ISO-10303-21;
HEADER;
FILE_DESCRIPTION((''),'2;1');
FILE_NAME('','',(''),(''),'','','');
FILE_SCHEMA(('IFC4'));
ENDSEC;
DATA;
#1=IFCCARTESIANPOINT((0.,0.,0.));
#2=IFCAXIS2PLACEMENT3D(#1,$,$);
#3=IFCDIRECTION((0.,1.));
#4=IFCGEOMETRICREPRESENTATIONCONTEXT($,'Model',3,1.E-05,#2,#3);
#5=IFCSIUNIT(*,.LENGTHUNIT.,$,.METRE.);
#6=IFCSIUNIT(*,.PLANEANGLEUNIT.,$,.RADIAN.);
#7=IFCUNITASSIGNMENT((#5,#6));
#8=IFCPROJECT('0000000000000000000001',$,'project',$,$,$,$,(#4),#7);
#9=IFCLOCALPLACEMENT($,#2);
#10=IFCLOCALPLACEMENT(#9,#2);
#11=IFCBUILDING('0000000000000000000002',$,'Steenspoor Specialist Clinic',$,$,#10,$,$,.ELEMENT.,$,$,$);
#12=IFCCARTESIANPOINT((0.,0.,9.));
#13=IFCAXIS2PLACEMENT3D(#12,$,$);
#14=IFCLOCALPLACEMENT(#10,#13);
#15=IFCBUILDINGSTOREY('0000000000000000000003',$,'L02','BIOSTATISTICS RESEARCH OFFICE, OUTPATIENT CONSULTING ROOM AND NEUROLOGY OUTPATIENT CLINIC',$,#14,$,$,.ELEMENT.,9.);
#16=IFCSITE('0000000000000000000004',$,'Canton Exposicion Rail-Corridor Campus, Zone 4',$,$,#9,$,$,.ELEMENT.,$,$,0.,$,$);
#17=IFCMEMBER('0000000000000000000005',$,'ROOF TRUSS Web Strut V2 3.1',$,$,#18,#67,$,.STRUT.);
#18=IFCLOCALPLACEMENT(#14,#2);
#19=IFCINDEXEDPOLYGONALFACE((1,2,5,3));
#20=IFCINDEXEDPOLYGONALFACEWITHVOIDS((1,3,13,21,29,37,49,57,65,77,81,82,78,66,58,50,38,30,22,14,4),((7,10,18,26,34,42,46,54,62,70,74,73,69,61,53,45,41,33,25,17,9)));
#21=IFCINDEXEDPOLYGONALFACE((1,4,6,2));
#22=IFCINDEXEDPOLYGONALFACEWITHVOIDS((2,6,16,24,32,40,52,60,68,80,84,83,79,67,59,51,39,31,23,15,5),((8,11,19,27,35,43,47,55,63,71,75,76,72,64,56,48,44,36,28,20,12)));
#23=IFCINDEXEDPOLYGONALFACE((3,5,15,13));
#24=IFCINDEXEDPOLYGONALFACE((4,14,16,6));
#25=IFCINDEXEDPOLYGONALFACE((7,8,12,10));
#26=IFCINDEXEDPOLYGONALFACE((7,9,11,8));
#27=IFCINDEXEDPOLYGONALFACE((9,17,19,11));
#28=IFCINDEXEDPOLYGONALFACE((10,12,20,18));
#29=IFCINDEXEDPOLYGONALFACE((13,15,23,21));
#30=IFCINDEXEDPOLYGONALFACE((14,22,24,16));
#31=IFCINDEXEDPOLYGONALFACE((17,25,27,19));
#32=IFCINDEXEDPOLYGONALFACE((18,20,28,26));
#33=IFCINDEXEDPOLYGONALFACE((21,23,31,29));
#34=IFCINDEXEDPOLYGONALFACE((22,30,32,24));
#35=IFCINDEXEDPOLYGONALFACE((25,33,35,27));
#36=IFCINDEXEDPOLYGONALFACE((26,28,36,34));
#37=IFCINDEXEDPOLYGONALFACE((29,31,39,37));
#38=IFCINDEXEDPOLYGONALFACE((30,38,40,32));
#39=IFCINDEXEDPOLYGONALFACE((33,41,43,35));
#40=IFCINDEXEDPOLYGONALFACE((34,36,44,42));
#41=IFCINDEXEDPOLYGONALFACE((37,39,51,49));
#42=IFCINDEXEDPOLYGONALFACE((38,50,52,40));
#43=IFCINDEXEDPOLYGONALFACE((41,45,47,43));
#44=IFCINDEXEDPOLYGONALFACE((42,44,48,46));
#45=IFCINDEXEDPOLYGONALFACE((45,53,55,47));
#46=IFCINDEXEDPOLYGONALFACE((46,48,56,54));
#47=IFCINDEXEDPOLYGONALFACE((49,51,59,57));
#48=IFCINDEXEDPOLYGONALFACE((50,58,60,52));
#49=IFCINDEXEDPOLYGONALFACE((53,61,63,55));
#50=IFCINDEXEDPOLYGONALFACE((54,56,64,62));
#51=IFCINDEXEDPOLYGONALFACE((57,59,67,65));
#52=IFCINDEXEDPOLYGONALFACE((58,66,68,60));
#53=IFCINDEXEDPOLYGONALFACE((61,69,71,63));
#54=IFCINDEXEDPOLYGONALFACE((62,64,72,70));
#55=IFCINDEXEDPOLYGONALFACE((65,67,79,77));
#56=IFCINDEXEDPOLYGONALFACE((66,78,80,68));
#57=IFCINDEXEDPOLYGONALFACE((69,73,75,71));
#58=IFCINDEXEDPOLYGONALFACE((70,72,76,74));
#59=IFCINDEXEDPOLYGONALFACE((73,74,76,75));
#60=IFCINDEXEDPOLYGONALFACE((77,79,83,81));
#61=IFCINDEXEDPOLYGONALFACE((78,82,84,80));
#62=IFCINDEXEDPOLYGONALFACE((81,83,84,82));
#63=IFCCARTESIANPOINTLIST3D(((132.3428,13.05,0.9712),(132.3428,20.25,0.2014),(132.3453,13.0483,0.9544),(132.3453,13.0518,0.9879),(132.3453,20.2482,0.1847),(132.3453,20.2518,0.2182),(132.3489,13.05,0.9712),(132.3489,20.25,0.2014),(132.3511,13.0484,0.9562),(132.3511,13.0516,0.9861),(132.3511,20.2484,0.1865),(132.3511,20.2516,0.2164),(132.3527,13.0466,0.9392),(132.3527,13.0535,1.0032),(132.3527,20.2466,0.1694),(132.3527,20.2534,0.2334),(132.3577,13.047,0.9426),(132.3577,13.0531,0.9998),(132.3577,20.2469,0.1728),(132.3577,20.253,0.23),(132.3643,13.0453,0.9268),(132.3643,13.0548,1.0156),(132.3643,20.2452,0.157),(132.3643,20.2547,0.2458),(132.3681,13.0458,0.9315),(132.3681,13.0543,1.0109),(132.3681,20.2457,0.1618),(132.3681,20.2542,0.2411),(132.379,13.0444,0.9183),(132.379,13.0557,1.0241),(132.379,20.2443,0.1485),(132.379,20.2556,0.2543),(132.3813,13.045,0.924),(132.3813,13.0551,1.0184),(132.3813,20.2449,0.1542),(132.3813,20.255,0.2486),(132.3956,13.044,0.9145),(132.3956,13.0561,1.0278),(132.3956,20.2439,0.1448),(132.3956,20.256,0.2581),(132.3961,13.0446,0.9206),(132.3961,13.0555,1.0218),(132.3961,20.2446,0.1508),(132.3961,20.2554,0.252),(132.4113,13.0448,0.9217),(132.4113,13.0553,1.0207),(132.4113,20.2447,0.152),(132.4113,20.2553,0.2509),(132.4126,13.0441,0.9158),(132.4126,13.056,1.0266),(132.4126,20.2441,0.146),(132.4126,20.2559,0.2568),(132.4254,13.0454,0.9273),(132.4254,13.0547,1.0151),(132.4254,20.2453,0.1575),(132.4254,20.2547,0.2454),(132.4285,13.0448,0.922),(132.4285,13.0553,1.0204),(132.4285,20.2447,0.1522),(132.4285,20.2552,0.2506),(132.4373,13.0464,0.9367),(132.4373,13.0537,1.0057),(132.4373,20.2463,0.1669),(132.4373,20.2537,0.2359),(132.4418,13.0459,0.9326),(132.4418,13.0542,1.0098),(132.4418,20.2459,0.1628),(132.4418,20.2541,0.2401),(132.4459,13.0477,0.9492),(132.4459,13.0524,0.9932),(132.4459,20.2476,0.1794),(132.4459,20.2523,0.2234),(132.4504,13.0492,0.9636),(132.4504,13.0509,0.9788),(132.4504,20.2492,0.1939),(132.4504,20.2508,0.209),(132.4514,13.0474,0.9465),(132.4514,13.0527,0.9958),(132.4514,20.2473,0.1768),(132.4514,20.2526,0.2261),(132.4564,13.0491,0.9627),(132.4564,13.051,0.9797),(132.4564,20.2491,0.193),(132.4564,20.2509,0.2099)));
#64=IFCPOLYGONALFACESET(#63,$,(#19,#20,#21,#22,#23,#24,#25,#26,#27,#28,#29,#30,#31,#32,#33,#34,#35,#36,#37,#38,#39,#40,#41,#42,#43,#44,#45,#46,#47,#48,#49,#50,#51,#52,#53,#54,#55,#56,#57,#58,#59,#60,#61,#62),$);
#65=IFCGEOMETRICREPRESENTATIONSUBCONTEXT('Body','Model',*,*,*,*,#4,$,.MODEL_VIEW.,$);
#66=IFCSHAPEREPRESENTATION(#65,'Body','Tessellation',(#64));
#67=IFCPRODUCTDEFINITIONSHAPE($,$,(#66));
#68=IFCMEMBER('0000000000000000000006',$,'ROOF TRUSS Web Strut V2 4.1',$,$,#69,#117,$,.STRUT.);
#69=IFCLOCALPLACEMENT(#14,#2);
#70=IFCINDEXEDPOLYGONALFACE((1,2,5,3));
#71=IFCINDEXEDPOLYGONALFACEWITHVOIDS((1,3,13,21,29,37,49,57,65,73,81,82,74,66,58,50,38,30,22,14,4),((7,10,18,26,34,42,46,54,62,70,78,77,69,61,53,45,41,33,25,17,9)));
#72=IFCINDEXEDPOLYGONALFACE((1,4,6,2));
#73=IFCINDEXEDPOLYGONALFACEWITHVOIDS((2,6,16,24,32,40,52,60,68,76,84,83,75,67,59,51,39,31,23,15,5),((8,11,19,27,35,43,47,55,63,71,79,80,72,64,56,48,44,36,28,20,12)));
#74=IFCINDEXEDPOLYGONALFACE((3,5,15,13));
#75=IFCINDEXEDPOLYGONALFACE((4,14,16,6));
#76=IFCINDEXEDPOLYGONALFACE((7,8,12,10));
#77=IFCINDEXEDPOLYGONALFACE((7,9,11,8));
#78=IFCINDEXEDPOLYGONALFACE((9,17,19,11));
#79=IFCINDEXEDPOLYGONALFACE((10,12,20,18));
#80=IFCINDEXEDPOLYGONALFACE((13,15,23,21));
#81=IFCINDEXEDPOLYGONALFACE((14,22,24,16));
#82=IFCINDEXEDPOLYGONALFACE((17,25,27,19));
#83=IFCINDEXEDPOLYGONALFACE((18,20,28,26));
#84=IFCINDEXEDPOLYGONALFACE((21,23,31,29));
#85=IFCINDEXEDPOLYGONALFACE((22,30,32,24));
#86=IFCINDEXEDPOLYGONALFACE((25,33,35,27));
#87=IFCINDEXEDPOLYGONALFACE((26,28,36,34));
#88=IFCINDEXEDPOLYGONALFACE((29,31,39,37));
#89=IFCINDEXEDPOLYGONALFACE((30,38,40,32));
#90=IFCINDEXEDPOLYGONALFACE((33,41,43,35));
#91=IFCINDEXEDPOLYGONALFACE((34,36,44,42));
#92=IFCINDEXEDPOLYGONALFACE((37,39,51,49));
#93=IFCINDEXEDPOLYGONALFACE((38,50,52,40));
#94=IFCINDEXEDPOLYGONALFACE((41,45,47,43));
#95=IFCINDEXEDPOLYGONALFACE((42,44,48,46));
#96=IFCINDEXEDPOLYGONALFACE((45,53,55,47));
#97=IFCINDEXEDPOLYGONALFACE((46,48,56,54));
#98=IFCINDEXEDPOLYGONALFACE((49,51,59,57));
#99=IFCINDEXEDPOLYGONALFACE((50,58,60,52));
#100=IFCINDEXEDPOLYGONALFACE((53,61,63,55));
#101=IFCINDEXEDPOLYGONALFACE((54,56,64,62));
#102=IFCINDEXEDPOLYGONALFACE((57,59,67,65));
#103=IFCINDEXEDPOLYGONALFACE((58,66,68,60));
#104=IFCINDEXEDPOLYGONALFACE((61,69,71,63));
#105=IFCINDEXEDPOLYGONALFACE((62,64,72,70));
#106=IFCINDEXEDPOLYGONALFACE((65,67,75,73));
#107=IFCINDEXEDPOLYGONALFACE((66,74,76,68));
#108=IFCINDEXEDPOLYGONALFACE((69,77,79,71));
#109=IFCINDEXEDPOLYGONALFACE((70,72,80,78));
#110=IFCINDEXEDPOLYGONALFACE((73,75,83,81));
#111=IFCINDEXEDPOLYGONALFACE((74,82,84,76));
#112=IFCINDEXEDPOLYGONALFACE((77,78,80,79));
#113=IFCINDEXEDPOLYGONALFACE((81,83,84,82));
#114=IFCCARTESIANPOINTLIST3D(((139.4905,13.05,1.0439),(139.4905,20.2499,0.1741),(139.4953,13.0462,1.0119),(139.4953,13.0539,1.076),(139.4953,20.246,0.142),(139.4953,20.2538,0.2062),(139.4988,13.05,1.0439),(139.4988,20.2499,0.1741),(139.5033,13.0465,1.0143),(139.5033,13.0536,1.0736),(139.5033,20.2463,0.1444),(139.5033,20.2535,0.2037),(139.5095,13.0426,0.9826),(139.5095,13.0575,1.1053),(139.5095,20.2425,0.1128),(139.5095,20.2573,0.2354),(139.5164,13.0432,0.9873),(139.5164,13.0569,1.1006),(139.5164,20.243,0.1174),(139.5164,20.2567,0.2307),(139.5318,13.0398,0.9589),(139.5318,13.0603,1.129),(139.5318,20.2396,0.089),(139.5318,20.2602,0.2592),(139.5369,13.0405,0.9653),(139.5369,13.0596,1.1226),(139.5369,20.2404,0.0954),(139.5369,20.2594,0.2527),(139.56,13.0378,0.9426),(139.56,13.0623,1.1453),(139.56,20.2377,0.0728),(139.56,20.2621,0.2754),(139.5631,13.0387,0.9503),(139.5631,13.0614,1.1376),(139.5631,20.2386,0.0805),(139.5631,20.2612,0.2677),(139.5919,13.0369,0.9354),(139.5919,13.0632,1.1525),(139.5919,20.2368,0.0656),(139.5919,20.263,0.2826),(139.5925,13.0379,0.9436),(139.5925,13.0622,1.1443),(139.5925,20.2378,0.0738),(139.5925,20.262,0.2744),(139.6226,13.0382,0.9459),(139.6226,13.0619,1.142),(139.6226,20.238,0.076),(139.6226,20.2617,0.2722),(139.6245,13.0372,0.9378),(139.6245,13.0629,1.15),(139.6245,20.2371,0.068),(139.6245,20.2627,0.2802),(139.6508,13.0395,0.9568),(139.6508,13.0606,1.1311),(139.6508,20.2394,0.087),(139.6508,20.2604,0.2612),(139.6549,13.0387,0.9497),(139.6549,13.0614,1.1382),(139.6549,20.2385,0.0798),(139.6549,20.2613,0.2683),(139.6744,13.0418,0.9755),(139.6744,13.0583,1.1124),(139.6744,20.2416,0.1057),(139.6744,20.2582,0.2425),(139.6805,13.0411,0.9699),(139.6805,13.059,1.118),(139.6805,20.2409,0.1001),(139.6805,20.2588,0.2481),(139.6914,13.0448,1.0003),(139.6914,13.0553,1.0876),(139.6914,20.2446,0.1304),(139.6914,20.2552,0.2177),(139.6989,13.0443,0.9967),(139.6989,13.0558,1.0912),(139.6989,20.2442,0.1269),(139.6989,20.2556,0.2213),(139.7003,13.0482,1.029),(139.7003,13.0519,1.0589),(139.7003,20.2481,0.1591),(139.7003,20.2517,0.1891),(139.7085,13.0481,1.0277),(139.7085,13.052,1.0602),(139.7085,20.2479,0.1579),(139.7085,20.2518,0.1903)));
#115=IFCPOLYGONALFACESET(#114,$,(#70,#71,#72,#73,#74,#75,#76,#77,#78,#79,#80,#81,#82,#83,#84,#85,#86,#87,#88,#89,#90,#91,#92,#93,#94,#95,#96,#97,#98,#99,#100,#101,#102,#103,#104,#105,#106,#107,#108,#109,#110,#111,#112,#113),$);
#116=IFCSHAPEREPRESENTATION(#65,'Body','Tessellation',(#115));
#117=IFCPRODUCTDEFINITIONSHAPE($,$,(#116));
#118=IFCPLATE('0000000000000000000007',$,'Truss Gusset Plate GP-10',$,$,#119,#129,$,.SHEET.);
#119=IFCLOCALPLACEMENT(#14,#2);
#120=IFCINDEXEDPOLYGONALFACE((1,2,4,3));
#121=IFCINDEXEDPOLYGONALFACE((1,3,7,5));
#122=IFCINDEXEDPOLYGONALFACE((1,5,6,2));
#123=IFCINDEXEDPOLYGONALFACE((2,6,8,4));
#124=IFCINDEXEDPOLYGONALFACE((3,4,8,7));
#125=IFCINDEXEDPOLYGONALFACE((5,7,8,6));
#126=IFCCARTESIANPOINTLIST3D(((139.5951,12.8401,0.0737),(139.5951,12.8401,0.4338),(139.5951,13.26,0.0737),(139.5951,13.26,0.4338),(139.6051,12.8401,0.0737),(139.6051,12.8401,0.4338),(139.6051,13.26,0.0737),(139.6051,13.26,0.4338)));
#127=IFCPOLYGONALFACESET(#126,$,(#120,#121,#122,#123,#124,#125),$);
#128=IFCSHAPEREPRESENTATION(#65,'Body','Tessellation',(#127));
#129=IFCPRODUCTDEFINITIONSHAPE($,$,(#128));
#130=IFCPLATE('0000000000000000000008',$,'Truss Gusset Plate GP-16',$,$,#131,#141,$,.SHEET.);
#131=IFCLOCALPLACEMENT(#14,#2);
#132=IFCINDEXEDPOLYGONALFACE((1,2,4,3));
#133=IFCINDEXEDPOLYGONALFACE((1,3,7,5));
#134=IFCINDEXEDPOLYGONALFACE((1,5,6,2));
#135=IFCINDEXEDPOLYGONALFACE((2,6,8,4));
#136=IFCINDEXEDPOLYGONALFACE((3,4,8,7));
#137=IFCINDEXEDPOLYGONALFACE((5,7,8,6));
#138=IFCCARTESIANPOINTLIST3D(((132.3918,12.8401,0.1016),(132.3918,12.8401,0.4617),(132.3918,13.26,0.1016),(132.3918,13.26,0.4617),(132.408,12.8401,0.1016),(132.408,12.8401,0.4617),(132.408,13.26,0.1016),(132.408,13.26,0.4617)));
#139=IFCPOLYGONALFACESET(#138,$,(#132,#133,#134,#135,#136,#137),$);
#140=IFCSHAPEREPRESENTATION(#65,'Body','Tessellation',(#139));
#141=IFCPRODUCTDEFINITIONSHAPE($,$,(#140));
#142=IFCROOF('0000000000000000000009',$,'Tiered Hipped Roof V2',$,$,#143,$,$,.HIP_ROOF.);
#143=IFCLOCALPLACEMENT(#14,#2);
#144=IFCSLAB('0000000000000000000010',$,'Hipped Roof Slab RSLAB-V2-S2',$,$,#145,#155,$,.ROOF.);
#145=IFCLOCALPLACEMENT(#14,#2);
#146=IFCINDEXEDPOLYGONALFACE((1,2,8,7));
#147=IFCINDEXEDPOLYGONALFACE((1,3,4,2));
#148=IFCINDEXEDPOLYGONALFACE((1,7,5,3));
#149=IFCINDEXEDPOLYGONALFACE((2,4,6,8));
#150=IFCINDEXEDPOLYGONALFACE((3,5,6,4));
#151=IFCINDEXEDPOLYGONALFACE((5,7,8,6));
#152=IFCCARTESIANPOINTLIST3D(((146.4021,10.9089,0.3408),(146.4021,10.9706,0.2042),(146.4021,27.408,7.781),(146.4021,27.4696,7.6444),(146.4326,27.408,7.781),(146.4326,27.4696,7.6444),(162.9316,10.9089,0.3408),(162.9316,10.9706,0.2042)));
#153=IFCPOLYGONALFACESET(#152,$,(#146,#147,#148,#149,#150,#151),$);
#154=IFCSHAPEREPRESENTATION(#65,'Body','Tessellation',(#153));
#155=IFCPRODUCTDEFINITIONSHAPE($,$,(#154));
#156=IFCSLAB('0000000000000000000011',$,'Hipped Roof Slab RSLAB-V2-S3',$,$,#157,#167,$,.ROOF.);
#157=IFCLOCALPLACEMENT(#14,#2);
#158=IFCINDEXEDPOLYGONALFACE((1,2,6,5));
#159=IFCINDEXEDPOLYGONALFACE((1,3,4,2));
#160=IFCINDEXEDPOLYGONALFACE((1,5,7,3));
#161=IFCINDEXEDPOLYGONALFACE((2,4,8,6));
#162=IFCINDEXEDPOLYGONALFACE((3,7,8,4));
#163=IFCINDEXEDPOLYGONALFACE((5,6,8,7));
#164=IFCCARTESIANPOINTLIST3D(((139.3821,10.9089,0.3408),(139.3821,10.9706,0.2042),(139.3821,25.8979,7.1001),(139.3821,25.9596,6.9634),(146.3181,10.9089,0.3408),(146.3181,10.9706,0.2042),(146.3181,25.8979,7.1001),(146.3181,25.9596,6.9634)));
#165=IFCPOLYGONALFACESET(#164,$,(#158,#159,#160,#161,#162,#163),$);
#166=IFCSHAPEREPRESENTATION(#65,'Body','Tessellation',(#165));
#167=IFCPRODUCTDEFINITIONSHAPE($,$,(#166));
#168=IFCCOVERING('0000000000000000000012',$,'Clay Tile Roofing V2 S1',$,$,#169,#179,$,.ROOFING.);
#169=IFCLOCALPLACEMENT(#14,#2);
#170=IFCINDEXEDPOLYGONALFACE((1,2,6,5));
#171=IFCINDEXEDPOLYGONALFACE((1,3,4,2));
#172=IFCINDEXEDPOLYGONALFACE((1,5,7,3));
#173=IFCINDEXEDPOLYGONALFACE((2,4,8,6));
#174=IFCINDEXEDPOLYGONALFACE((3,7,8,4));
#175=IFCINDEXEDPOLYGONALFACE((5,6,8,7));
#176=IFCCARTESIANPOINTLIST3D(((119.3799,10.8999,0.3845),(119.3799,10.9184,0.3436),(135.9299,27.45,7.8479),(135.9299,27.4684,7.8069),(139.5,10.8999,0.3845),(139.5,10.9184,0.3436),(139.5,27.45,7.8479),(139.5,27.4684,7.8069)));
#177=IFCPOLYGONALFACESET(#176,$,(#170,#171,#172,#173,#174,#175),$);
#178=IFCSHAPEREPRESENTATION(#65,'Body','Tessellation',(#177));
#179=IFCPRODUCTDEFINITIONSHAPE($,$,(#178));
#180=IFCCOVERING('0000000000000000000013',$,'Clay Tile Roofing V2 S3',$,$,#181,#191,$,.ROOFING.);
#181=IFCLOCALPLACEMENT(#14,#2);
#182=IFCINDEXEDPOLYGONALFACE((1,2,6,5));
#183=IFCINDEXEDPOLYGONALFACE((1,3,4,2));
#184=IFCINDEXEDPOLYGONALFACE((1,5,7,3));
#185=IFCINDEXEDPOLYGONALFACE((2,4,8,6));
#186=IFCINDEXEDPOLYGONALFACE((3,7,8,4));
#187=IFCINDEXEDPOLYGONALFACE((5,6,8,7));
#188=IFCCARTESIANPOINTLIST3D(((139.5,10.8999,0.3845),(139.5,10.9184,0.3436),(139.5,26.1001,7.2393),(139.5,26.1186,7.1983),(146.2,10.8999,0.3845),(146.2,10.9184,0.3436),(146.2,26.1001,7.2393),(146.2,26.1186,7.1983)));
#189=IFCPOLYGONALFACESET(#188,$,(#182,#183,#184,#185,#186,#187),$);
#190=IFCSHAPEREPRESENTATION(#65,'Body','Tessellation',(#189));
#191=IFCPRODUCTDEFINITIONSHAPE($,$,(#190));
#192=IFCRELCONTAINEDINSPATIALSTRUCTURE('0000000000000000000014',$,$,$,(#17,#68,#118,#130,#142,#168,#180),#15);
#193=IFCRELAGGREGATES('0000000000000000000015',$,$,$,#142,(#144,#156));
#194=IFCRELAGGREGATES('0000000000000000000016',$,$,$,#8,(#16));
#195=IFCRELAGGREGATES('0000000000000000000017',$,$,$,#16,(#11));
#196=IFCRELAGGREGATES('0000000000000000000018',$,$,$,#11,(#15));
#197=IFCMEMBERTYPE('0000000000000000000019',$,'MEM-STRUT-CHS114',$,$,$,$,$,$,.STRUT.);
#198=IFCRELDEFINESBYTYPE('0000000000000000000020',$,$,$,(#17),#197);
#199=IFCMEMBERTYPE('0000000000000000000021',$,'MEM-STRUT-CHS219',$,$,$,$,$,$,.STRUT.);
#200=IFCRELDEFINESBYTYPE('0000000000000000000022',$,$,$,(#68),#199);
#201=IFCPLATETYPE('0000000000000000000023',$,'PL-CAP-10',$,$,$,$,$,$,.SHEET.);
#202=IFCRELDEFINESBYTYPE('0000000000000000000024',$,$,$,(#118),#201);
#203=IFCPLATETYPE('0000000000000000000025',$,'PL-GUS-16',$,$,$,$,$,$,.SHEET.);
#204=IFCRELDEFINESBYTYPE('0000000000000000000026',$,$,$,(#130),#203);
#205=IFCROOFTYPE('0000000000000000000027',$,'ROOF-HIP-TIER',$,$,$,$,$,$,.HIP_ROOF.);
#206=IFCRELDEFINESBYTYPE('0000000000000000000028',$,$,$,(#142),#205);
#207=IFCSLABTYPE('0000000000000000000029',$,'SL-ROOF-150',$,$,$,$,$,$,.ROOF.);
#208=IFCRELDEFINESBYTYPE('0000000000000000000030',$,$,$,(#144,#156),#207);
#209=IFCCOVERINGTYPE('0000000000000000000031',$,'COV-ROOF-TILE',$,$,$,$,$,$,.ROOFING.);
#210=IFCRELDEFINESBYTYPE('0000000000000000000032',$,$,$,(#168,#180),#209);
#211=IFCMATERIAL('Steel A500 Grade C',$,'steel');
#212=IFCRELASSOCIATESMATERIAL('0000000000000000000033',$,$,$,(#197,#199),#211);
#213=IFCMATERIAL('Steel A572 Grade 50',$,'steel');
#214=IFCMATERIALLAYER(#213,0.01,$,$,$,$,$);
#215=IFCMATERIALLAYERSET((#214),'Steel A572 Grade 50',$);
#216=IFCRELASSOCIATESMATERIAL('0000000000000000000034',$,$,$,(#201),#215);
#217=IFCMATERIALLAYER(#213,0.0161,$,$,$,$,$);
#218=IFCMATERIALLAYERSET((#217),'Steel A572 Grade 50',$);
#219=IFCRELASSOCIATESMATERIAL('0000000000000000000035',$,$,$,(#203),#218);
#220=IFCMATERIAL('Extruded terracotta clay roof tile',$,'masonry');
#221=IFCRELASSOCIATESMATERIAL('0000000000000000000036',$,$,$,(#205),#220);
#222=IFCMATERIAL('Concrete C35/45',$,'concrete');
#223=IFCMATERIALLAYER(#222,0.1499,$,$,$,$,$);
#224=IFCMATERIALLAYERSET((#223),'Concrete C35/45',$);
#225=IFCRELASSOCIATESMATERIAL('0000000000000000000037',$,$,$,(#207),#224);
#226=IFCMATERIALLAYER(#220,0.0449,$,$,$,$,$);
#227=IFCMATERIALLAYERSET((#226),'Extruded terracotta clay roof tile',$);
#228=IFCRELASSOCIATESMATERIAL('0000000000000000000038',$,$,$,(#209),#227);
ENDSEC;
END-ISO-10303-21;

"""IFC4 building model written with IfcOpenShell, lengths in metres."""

from ifc_helpers import new_model, si_unit, direction, frame, origin, origin_2d, place, context, subcontext, project, spatial, polyline, rectangle, hollow_circle, outline, extrude, material, layer, layer_set, material_profile, profile_set, type_object, element, aggregate, save


model = new_model("IFC4")

# Units and contexts
model_context = context("Model", 3, precision=1e-05, world=origin(), true_north=direction((0.0, 1.0)))
body_context = subcontext(model_context, "Body", "Model", "MODEL_VIEW")
ifc_project = project(units=[si_unit("LENGTHUNIT", "METRE"), si_unit("PLANEANGLEUNIT", "RADIAN")], contexts=[model_context])

# Site, building, storey
site_placement = place(None, origin())
site = spatial("IfcSite", under=ifc_project, at=site_placement, Name="Canton Exposicion Rail-Corridor Campus, Zone 4", CompositionType="ELEMENT", RefElevation=0.0)
building_placement = place(site_placement, origin())
building = spatial("IfcBuilding", under=site, at=building_placement, Name="Steenspoor Specialist Clinic", CompositionType="ELEMENT")
storey_placement = place(building_placement, frame((0.0, 0.0, 9.0)))
storey = spatial("IfcBuildingStorey", under=building, at=storey_placement, Name="L02", Description="BIOSTATISTICS RESEARCH OFFICE, OUTPATIENT CONSULTING ROOM AND NEUROLOGY OUTPATIENT CLINIC", CompositionType="ELEMENT", Elevation=9.0)

# Members
ifc_material_1 = material(Name="Steel A500 Grade C", Category="steel")
ifc_material_profile_1 = material_profile(ifc_material_1, hollow_circle(Radius=0.0571, WallThickness=0.0061, at=origin_2d()), Name="CHS114X6.0")
ifc_profile_set_1 = profile_set([ifc_material_profile_1], Name="Steel A500 Grade C")
member_type_1 = type_object("IfcMemberType", Name="MEM-STRUT-CHS114", PredefinedType="STRUT", material=ifc_profile_set_1)
member_1_placement = place(storey_placement, frame((132.3999, 13.05, 0.9712), z_axis=(0.0, 0.994333, -0.106308), x_axis=(-1.0, 0.0, 0.0)))
element("IfcMember", 1, at=member_1_placement, inside=storey, type_object=member_type_1, Name="ROOF TRUSS Web Strut V2 3.1", PredefinedType="STRUT", context=body_context, shape_type="SweptSolid", body=[
    extrude(hollow_circle(Radius=0.0571, WallThickness=0.0061, at=origin_2d()), origin(), (0.0, 0.0, 1.0), 7.241),
])
ifc_material_profile_2 = material_profile(ifc_material_1, hollow_circle(Radius=0.1096, WallThickness=0.0083, at=origin_2d()), Name="CHS219X8.2")
ifc_profile_set_2 = profile_set([ifc_material_profile_2], Name="Steel A500 Grade C")
member_type_2 = type_object("IfcMemberType", Name="MEM-STRUT-CHS219", PredefinedType="STRUT", material=ifc_profile_set_2)
member_2_placement = place(storey_placement, frame((139.6001, 13.05, 1.0439), z_axis=(0.0, 0.992781, -0.119944), x_axis=(-1.0, 0.0, 0.0)))
element("IfcMember", 2, at=member_2_placement, inside=storey, type_object=member_type_2, Name="ROOF TRUSS Web Strut V2 4.1", PredefinedType="STRUT", context=body_context, shape_type="SweptSolid", body=[
    extrude(hollow_circle(Radius=0.1096, WallThickness=0.0083, at=origin_2d()), origin(), (0.0, 0.0, 1.0), 7.2522),
])

# Plates
ifc_material_2 = material(Name="Steel A572 Grade 50", Category="steel")
ifc_layer_1 = layer(ifc_material_2, 0.01)
ifc_layer_set_1 = layer_set([ifc_layer_1], Name="Steel A572 Grade 50")
plate_type_1 = type_object("IfcPlateType", Name="PL-CAP-10", PredefinedType="SHEET", material=ifc_layer_set_1)
plate_1_placement = place(storey_placement, frame((139.6001, 13.05, 0.0737), z_axis=(0.0, 0.0, 1.0), x_axis=(1.0, 0.0, 0.0)))
element("IfcPlate", 3, at=plate_1_placement, inside=storey, type_object=plate_type_1, Name="Truss Gusset Plate GP-10", PredefinedType="SHEET", context=body_context, shape_type="SweptSolid", body=[
    extrude(rectangle(XDim=0.01, YDim=0.4199, at=origin_2d()), origin(), (0.0, 0.0, 1.0), 0.3601),
])
ifc_layer_2 = layer(ifc_material_2, 0.0161)
ifc_layer_set_2 = layer_set([ifc_layer_2], Name="Steel A572 Grade 50")
plate_type_2 = type_object("IfcPlateType", Name="PL-GUS-16", PredefinedType="SHEET", material=ifc_layer_set_2)
plate_2_placement = place(storey_placement, frame((132.3999, 13.05, 0.1016), z_axis=(0.0, 0.0, 1.0), x_axis=(1.0, 0.0, 0.0)))
element("IfcPlate", 4, at=plate_2_placement, inside=storey, type_object=plate_type_2, Name="Truss Gusset Plate GP-16", PredefinedType="SHEET", context=body_context, shape_type="SweptSolid", body=[
    extrude(rectangle(XDim=0.0161, YDim=0.4199, at=origin_2d()), origin(), (0.0, 0.0, 1.0), 0.3601),
])

# Roof, slabs
ifc_material_3 = material(Name="Extruded terracotta clay roof tile", Category="masonry")
roof_type = type_object("IfcRoofType", Name="ROOF-HIP-TIER", PredefinedType="HIP_ROOF", material=ifc_material_3)
roof_placement = place(storey_placement, origin())
roof = element("IfcRoof", 5, at=roof_placement, inside=storey, type_object=roof_type, Name="Tiered Hipped Roof V2", PredefinedType="HIP_ROOF")
ifc_material_4 = material(Name="Concrete C35/45", Category="concrete")
ifc_layer_3 = layer(ifc_material_4, 0.1499)
ifc_layer_set_3 = layer_set([ifc_layer_3], Name="Concrete C35/45")
slab_type = type_object("IfcSlabType", Name="SL-ROOF-150", PredefinedType="ROOF", material=ifc_layer_set_3)
slab_1_placement = place(storey_placement, frame((146.4021, 10.9089, 0.3408), z_axis=(0.0, -0.411082, 0.911598), x_axis=(1.0, 0.0, 0.0)))
slab_1 = element("IfcSlab", 6, at=slab_1_placement, type_object=slab_type, Name="Hipped Roof Slab RSLAB-V2-S2", PredefinedType="ROOF", context=body_context, shape_type="SweptSolid", body=[
    extrude(outline(polyline([(0.0, 0.0), (16.5295, 0.0), (0.0305, 18.099), (0.0, 18.099), (0.0, 0.0)])), origin(), (0.0, 0.0, -1.0), 0.1499),
])
slab_2_placement = place(storey_placement, frame((139.3821, 10.9089, 0.3408), z_axis=(0.0, -0.411084, 0.911598), x_axis=(1.0, 0.0, 0.0)))
slab_2 = element("IfcSlab", 7, at=slab_2_placement, type_object=slab_type, Name="Hipped Roof Slab RSLAB-V2-S3", PredefinedType="ROOF", context=body_context, shape_type="SweptSolid", body=[
    extrude(outline(polyline([(0.0, 0.0), (6.936, 0.0), (6.936, 16.4426), (0.0, 16.4426), (0.0, 0.0)])), origin(), (0.0, 0.0, -1.0), 0.1499),
])
aggregate(roof, [slab_1, slab_2])

# Coverings
ifc_layer_4 = layer(ifc_material_3, 0.0449)
ifc_layer_set_4 = layer_set([ifc_layer_4], Name="Extruded terracotta clay roof tile")
covering_type = type_object("IfcCoveringType", Name="COV-ROOF-TILE", PredefinedType="ROOFING", material=ifc_layer_set_4)
covering_1_placement = place(storey_placement, frame((139.5, 10.8999, 0.3845), z_axis=(0.0, -0.411091, 0.911594), x_axis=(0.0, 0.911594, 0.411091)))
element("IfcCovering", 8, at=covering_1_placement, inside=storey, type_object=covering_type, Name="Clay Tile Roofing V2 S1", PredefinedType="ROOFING", context=body_context, shape_type="SweptSolid", body=[
    extrude(outline(polyline([(0.0, 0.0), (18.1551, 0.0), (18.1551, 3.5701), (0.0, 20.1201), (0.0, 0.0)])), origin(), (0.0, 0.0, -1.0), 0.0449),
])
covering_2_placement = place(storey_placement, frame((146.2, 10.8999, 0.3845), z_axis=(0.0, -0.411095, 0.911592), x_axis=(0.0, 0.911592, 0.411095)))
element("IfcCovering", 9, at=covering_2_placement, inside=storey, type_object=covering_type, Name="Clay Tile Roofing V2 S3", PredefinedType="ROOFING", context=body_context, shape_type="SweptSolid", body=[
    extrude(outline(polyline([(0.0, 0.0), (16.6743, 0.0), (16.6743, 6.7), (0.0, 6.7), (0.0, 0.0)])), origin(), (0.0, 0.0, -1.0), 0.0449),
])

save(model, "model.ifc")
